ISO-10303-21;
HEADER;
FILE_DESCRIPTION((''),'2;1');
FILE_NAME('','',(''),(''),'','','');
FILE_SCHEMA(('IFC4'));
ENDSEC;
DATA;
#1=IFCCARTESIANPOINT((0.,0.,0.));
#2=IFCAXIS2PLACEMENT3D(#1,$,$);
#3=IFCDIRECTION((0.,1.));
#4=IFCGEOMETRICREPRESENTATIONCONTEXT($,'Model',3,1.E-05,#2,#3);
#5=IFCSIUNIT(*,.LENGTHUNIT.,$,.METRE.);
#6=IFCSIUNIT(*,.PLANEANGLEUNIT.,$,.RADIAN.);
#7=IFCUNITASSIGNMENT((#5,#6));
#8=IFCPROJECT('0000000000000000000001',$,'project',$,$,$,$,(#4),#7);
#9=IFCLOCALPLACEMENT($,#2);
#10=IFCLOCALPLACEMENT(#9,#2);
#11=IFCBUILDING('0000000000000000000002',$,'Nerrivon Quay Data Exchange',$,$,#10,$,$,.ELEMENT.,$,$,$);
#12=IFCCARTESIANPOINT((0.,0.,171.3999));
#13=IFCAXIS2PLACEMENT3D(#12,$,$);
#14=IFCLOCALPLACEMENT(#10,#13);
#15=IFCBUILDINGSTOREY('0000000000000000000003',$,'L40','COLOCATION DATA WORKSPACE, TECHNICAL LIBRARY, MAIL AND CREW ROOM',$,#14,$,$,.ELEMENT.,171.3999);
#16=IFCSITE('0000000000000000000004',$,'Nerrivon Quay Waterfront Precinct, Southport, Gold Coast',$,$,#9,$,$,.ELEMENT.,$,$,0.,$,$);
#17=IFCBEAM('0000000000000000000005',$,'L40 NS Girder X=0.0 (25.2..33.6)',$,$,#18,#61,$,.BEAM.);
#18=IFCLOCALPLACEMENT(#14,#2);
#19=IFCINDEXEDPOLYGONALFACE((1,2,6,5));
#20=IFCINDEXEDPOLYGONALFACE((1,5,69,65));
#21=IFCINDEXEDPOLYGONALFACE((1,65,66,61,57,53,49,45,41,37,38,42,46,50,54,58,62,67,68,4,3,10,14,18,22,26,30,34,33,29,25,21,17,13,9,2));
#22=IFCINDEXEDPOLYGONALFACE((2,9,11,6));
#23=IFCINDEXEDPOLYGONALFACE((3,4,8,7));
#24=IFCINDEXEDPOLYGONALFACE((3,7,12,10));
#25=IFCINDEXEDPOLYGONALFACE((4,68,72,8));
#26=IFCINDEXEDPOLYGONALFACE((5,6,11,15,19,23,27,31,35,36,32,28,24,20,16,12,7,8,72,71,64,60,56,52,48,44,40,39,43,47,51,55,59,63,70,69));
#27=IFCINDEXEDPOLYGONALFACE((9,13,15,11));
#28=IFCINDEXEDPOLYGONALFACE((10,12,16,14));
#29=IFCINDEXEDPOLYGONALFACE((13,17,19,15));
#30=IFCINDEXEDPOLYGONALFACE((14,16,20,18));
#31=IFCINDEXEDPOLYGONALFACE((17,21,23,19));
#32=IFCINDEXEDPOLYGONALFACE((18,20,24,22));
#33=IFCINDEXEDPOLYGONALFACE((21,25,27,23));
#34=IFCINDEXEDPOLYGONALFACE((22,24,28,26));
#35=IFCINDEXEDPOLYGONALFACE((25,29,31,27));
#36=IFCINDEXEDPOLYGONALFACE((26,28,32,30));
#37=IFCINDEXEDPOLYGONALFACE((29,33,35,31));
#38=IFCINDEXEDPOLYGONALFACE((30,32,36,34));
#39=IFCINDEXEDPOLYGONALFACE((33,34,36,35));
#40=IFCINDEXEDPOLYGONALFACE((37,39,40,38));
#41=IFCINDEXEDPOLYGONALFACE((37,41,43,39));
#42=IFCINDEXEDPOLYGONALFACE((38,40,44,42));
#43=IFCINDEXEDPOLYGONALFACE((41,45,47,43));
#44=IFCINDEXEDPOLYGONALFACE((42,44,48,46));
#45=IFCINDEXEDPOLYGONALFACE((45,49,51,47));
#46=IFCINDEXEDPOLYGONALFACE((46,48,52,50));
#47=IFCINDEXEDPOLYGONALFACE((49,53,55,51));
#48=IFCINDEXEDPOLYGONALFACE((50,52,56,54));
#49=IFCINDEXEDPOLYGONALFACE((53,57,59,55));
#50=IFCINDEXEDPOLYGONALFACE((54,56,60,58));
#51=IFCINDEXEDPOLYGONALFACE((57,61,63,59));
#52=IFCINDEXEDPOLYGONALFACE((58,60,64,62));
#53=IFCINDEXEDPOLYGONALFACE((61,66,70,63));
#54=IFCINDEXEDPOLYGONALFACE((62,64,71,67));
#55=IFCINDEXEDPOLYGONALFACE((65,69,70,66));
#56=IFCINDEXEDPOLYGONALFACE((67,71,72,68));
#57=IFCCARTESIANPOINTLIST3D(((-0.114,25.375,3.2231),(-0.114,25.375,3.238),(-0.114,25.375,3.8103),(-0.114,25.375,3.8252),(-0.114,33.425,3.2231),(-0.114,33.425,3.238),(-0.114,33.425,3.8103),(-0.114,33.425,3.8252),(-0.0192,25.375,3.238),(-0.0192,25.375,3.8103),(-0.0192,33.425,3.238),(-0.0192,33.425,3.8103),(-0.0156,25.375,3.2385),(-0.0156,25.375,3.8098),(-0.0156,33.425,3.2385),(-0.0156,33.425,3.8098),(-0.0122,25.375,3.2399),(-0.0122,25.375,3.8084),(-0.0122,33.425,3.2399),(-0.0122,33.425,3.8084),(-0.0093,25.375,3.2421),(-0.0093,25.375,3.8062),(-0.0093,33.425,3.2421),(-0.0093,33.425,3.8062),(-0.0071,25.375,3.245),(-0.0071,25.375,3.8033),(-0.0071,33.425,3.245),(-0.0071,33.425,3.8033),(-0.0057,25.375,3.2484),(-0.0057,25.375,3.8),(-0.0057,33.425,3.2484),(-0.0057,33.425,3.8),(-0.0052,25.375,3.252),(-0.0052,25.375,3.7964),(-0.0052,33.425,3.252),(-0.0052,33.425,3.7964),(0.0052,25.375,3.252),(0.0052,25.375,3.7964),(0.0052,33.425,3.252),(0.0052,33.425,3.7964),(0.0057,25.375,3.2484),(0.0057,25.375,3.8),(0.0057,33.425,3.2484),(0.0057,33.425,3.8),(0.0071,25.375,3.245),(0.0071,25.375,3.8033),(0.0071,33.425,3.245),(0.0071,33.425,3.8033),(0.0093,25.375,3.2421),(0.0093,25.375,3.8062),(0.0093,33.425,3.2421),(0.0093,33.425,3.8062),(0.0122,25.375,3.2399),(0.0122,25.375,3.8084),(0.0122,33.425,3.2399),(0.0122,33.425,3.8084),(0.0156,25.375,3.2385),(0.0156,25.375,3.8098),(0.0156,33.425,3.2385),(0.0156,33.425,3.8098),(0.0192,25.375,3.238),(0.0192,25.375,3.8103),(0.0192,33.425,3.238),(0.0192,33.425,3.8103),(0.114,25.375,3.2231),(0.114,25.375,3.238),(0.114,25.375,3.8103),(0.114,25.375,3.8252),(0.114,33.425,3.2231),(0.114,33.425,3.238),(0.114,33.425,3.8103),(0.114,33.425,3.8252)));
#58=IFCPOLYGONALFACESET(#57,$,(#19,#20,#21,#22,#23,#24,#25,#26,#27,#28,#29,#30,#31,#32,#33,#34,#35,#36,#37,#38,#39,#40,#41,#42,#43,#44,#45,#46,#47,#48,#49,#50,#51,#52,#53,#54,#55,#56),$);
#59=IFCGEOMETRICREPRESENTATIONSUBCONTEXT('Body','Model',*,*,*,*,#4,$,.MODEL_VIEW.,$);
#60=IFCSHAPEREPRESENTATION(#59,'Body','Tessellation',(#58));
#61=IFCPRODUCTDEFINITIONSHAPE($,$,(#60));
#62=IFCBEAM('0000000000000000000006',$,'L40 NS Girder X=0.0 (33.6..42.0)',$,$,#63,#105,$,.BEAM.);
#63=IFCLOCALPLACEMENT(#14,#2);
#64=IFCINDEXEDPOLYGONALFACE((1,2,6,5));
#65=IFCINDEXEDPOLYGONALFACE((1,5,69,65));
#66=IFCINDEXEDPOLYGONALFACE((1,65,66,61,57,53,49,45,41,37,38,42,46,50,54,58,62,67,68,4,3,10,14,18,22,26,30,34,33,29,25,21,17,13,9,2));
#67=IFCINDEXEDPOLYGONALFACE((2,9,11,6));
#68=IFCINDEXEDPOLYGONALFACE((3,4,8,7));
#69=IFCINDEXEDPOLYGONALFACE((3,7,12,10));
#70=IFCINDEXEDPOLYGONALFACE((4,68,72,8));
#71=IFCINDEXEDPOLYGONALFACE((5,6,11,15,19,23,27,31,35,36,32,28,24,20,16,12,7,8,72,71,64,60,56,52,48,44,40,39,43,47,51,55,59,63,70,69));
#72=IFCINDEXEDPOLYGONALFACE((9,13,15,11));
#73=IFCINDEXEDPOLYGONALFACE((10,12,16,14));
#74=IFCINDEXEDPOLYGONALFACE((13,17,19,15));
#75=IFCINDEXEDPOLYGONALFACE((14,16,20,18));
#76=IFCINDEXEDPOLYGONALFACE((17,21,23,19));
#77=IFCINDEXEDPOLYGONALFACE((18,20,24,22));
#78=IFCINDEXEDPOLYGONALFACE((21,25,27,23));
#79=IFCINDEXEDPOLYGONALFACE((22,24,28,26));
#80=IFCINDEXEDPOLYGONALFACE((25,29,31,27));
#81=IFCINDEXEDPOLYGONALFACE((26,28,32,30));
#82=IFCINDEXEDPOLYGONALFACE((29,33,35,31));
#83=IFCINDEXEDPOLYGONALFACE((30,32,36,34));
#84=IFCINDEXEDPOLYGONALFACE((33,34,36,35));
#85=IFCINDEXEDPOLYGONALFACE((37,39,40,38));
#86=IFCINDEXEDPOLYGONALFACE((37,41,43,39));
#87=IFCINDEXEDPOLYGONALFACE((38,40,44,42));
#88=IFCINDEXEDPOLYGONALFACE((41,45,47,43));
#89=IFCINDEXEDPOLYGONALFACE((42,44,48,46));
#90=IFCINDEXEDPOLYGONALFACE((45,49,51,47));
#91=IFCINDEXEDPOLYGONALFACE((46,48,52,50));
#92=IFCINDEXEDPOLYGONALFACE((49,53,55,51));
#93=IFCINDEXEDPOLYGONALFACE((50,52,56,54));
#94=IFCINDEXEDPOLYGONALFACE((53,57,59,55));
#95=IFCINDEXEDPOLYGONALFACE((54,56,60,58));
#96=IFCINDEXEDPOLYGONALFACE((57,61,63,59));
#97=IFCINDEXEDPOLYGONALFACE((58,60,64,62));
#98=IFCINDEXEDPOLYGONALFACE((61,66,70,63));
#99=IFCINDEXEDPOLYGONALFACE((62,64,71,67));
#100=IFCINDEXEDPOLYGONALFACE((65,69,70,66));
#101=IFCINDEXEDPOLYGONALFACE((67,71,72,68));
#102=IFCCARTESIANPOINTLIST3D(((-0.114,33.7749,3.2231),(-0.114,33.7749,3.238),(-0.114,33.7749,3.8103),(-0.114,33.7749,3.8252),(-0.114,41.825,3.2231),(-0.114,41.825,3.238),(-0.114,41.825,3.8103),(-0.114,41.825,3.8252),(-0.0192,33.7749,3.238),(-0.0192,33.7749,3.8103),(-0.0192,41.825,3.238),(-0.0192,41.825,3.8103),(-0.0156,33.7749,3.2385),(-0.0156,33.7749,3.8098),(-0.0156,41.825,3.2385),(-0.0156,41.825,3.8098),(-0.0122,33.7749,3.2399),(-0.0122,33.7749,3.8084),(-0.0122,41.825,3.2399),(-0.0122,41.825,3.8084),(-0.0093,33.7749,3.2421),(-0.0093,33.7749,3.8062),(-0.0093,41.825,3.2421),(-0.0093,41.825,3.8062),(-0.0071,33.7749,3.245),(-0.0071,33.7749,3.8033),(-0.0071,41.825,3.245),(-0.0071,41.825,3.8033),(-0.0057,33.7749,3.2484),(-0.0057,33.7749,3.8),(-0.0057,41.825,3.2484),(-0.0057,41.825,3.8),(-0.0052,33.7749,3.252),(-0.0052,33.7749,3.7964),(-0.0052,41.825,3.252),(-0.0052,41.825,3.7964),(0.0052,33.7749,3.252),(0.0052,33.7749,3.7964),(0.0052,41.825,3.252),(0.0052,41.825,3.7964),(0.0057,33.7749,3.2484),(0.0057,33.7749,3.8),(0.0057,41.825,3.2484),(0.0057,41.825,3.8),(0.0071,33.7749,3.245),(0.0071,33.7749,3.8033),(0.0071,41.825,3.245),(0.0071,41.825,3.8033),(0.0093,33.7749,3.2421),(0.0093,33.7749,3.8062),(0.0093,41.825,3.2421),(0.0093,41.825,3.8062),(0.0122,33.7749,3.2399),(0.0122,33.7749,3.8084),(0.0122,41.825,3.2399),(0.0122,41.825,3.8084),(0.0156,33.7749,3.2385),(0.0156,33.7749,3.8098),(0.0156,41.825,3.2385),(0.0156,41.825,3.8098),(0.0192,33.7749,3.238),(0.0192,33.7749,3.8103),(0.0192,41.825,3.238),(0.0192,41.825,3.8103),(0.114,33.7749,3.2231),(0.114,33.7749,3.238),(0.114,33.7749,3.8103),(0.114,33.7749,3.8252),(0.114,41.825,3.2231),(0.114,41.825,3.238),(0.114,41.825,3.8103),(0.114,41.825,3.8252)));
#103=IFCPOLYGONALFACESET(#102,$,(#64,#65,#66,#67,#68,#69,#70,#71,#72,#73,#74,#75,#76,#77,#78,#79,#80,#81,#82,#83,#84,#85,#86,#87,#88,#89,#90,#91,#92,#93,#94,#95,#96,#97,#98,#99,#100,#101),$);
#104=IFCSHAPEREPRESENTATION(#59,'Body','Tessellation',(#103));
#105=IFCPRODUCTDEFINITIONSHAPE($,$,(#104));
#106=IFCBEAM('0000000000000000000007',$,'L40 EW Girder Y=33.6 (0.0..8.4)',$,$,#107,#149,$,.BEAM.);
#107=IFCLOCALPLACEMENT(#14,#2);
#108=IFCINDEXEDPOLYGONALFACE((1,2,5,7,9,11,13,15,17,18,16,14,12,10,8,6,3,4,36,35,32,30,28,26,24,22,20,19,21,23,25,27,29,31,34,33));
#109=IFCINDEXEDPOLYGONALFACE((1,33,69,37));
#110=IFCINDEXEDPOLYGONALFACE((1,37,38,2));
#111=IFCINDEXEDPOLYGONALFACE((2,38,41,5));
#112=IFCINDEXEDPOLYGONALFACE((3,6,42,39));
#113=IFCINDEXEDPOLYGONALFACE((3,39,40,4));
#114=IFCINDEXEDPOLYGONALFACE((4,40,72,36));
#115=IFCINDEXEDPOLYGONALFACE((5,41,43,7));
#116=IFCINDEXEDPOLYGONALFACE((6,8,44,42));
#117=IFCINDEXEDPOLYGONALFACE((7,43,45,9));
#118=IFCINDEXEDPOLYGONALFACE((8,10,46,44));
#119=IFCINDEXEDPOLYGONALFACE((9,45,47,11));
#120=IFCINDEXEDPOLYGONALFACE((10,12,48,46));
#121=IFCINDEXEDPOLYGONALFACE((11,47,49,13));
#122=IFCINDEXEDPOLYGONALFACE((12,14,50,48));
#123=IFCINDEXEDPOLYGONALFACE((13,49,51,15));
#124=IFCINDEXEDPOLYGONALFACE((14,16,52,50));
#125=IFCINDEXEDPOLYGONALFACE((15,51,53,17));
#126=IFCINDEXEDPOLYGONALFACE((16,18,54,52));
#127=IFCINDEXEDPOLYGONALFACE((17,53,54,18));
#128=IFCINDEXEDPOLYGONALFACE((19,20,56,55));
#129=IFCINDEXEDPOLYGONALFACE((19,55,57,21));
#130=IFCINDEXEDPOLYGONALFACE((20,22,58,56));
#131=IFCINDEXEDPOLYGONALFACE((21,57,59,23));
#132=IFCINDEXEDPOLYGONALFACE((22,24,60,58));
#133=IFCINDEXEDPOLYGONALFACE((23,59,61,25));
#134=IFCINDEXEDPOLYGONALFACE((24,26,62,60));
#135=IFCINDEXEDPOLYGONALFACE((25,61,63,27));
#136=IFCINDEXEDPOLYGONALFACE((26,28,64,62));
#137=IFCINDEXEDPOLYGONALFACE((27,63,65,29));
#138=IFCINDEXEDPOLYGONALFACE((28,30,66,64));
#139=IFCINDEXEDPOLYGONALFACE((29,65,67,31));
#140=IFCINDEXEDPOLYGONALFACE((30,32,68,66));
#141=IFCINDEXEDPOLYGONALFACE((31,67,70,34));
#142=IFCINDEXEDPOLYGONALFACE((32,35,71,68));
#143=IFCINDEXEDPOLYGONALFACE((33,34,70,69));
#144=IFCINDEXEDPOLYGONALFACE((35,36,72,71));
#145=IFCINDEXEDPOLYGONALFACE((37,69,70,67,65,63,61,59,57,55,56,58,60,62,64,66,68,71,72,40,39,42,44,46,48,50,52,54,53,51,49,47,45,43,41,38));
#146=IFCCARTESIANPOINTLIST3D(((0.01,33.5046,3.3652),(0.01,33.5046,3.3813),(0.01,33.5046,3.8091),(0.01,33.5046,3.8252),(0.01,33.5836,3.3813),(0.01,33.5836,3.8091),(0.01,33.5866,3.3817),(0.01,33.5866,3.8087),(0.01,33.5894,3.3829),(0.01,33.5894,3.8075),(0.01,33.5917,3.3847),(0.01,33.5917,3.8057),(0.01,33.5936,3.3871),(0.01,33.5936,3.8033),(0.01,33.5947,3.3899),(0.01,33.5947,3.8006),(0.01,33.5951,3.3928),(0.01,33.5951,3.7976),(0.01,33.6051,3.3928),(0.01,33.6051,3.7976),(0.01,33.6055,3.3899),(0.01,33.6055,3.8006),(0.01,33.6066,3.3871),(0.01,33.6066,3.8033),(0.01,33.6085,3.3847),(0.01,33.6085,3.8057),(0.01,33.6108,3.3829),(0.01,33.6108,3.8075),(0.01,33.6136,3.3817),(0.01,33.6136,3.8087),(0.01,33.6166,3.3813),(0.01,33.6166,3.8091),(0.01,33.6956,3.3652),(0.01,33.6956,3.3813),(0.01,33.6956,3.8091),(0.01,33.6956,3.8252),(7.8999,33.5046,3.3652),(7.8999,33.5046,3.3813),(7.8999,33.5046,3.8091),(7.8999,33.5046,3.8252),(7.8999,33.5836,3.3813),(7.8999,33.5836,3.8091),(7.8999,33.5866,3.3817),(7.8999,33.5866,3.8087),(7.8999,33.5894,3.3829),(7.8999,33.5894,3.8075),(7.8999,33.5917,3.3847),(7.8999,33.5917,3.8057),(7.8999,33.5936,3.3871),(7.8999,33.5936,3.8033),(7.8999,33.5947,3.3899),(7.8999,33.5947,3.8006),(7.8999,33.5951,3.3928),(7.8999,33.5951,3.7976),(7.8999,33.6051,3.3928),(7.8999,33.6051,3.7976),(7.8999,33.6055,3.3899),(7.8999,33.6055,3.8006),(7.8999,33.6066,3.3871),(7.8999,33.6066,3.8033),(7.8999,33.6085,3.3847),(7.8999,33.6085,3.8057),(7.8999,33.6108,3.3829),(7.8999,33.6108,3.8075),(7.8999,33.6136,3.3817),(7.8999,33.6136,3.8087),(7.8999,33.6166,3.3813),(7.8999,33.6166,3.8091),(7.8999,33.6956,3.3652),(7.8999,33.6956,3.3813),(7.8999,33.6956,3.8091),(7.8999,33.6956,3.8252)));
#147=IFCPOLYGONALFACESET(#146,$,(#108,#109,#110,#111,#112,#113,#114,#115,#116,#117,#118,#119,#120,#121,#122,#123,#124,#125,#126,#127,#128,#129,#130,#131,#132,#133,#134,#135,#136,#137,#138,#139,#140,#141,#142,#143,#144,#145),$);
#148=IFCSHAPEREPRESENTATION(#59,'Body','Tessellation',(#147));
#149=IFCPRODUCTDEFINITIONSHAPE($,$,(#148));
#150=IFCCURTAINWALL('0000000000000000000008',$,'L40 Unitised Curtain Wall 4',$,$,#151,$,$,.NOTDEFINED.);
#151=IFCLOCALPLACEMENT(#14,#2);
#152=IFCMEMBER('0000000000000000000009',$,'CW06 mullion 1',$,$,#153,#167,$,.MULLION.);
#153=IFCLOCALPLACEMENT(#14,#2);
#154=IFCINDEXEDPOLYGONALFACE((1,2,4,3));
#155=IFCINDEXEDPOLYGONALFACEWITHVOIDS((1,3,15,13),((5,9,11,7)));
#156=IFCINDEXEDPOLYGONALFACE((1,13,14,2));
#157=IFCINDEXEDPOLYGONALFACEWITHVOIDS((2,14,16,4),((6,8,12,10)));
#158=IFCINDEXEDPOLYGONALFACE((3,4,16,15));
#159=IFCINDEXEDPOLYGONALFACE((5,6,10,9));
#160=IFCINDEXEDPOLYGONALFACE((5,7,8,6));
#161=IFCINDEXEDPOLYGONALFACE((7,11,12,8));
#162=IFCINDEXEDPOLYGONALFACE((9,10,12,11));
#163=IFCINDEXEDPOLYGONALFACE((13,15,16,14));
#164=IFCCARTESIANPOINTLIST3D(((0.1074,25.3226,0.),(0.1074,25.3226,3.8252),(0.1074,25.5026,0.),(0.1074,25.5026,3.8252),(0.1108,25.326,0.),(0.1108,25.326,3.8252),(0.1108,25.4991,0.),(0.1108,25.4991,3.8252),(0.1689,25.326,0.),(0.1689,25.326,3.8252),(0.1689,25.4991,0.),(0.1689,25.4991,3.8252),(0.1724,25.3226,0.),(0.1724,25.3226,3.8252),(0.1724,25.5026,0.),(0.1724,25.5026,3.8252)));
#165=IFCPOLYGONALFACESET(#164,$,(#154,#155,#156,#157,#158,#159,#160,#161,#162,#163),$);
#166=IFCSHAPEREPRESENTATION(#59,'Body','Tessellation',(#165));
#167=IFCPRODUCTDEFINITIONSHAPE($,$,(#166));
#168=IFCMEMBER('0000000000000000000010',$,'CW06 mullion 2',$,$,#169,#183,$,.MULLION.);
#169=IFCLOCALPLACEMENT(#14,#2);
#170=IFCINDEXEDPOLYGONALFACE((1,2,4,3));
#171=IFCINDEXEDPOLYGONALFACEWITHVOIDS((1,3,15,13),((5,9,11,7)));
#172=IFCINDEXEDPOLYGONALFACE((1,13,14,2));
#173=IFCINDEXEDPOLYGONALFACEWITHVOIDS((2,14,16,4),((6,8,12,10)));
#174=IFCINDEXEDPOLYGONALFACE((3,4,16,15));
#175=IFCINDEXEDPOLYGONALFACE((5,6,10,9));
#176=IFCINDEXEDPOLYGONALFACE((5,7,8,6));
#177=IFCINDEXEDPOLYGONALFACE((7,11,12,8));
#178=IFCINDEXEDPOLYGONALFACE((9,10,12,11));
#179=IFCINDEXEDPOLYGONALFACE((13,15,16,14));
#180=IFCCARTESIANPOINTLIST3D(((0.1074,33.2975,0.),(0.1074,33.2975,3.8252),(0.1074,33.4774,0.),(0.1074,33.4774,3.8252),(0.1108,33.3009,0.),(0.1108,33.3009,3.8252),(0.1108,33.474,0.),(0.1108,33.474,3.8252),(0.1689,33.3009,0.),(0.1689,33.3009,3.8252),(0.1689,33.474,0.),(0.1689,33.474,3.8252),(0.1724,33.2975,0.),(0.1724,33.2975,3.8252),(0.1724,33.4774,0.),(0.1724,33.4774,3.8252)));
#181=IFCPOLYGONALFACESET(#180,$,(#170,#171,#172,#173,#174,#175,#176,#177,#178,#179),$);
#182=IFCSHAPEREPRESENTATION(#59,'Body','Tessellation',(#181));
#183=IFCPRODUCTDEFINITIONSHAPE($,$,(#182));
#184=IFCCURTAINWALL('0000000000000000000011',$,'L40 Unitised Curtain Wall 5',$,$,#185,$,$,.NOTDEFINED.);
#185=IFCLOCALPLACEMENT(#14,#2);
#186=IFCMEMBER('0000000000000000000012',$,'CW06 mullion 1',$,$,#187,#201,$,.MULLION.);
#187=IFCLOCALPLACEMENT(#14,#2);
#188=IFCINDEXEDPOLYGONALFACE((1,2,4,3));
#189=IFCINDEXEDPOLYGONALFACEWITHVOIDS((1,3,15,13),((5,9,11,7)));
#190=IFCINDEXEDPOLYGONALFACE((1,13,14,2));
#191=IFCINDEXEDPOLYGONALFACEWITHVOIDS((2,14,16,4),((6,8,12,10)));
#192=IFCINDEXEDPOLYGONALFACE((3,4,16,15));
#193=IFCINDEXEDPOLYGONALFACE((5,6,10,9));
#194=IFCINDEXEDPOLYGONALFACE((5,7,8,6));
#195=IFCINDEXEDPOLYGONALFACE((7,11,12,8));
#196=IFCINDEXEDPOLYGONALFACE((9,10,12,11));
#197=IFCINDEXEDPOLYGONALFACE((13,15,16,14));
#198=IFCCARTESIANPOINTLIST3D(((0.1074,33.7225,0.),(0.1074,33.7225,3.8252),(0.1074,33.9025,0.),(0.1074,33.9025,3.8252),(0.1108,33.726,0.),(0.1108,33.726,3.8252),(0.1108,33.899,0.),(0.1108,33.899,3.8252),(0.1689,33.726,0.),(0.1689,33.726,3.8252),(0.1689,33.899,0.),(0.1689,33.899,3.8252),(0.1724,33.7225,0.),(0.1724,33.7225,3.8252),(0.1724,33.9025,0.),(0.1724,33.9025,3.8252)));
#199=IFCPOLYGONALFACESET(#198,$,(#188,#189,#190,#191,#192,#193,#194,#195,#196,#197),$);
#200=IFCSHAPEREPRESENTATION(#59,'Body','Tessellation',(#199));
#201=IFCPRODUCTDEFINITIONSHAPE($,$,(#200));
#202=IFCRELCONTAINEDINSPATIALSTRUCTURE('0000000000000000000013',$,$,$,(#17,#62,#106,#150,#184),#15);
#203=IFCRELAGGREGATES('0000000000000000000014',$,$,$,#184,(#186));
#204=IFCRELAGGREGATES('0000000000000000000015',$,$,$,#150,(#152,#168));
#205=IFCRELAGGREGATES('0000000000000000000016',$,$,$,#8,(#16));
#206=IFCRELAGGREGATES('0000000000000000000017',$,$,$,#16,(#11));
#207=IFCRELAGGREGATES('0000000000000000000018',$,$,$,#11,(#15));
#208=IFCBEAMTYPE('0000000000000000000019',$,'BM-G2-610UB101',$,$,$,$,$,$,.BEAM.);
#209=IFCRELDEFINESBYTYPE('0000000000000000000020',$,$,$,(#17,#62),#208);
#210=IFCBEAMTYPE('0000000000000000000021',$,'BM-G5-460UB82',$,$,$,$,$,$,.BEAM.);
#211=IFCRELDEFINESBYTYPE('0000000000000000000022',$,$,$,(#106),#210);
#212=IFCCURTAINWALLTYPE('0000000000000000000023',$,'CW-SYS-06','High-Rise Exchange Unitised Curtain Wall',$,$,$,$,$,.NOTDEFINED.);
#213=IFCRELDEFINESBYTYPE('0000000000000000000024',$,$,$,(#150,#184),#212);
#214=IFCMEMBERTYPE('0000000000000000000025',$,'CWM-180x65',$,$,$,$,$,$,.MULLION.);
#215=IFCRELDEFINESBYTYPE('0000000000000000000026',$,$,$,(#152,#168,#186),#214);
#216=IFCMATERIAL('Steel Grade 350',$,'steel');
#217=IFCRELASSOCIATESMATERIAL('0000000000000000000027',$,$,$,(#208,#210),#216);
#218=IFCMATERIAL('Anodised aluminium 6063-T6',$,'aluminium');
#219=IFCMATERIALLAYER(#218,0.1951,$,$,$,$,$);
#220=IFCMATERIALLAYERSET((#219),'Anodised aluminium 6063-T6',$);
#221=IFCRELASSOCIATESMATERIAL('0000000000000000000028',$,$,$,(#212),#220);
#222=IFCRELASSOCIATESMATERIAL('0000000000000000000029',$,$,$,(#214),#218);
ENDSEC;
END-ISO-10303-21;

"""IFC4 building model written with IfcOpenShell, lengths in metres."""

from ifc_helpers import new_model, si_unit, direction, frame, origin, origin_2d, place, context, subcontext, project, spatial, hollow_rectangle, i_section, extrude, material, layer, layer_set, material_profile, profile_set, type_object, element, aggregate, save


model = new_model("IFC4")

# Units and contexts
model_context = context("Model", 3, precision=1e-05, world=origin(), true_north=direction((0.0, 1.0)))
body_context = subcontext(model_context, "Body", "Model", "MODEL_VIEW")
ifc_project = project(units=[si_unit("LENGTHUNIT", "METRE"), si_unit("PLANEANGLEUNIT", "RADIAN")], contexts=[model_context])

# Site, building, storey
site_placement = place(None, origin())
site = spatial("IfcSite", under=ifc_project, at=site_placement, Name="Nerrivon Quay Waterfront Precinct, Southport, Gold Coast", CompositionType="ELEMENT", RefElevation=0.0)
building_placement = place(site_placement, origin())
building = spatial("IfcBuilding", under=site, at=building_placement, Name="Nerrivon Quay Data Exchange", CompositionType="ELEMENT")
storey_placement = place(building_placement, frame((0.0, 0.0, 171.3999)))
storey = spatial("IfcBuildingStorey", under=building, at=storey_placement, Name="L40", Description="COLOCATION DATA WORKSPACE, TECHNICAL LIBRARY, MAIL AND CREW ROOM", CompositionType="ELEMENT", Elevation=171.3999)

# Shared definitions
ifc_material_1 = material(Name="Steel Grade 350", Category="steel")

# Beams
ifc_material_profile_1 = material_profile(ifc_material_1, i_section(OverallWidth=0.228, OverallDepth=0.6021, WebThickness=0.0105, FlangeThickness=0.0149, FilletRadius=0.0139, at=origin_2d()), Name="610UB101")
ifc_profile_set_1 = profile_set([ifc_material_profile_1], Name="Steel Grade 350")
beam_type_1 = type_object("IfcBeamType", Name="BM-G2-610UB101", PredefinedType="BEAM", material=ifc_profile_set_1)
for number, where, z_axis, x_axis, name in (
    (1, (0.0, 25.375, 3.5242), (0.0, 1.0, 0.0), (-1.0, 0.0, 0.0), "L40 NS Girder X=0.0 (25.2..33.6)"),
    (2, (0.0, 33.7749, 3.5242), (0.0, 1.0, 0.0), (-1.0, 0.0, 0.0), "L40 NS Girder X=0.0 (33.6..42.0)"),
):
    element("IfcBeam", number, at=place(storey_placement, frame(where, z_axis=z_axis, x_axis=x_axis)), inside=storey, type_object=beam_type_1, Name=name, PredefinedType="BEAM", context=body_context, shape_type="SweptSolid", body=[
        extrude(i_section(OverallWidth=0.228, OverallDepth=0.6021, WebThickness=0.0105, FlangeThickness=0.0149, FilletRadius=0.0139, at=origin_2d()), origin(), (0.0, 0.0, 1.0), 8.05),
    ])
ifc_material_profile_2 = material_profile(ifc_material_1, i_section(OverallWidth=0.1909, OverallDepth=0.46, WebThickness=0.01, FlangeThickness=0.0161, FilletRadius=0.0115, at=origin_2d()), Name="460UB82.1")
ifc_profile_set_2 = profile_set([ifc_material_profile_2], Name="Steel Grade 350")
beam_type_2 = type_object("IfcBeamType", Name="BM-G5-460UB82", PredefinedType="BEAM", material=ifc_profile_set_2)
beam_1_placement = place(storey_placement, frame((0.01, 33.6001, 3.5952), z_axis=(1.0, 0.0, 0.0), x_axis=(0.0, 1.0, 0.0)))
element("IfcBeam", 3, at=beam_1_placement, inside=storey, type_object=beam_type_2, Name="L40 EW Girder Y=33.6 (0.0..8.4)", PredefinedType="BEAM", context=body_context, shape_type="SweptSolid", body=[
    extrude(i_section(OverallWidth=0.1909, OverallDepth=0.46, WebThickness=0.01, FlangeThickness=0.0161, FilletRadius=0.0115, at=origin_2d()), origin(), (0.0, 0.0, 1.0), 7.8899),
])

# Curtain wall, members
ifc_material_2 = material(Name="Anodised aluminium 6063-T6", Category="aluminium")
ifc_layer_1 = layer(ifc_material_2, 0.1951)
ifc_layer_set_1 = layer_set([ifc_layer_1], Name="Anodised aluminium 6063-T6")
curtain_wall_type = type_object("IfcCurtainWallType", Name="CW-SYS-06", Description="High-Rise Exchange Unitised Curtain Wall", PredefinedType="NOTDEFINED", material=ifc_layer_set_1)
curtain_wall_1_placement = place(storey_placement, origin())
curtain_wall_1 = element("IfcCurtainWall", 4, at=curtain_wall_1_placement, inside=storey, type_object=curtain_wall_type, Name="L40 Unitised Curtain Wall 4", PredefinedType="NOTDEFINED")
ifc_material_profile_3 = material_profile(ifc_material_2, hollow_rectangle(XDim=0.0649, YDim=0.1799, WallThickness=0.0034, at=origin_2d()), Name="ALU-MULL-180x65")
ifc_profile_set_3 = profile_set([ifc_material_profile_3], Name="Anodised aluminium 6063-T6")
member_type_1 = type_object("IfcMemberType", Name="CWM-180x65", PredefinedType="MULLION", material=ifc_profile_set_3)
member_1_placement = place(storey_placement, frame((0.1399, 25.4126, 0.0), z_axis=(0.0, 0.0, 1.0), x_axis=(-1.0, 0.0, 0.0)))
member_1 = element("IfcMember", 5, at=member_1_placement, type_object=member_type_1, Name="CW06 mullion 1", PredefinedType="MULLION", context=body_context, shape_type="SweptSolid", body=[
    extrude(hollow_rectangle(XDim=0.0649, YDim=0.1799, WallThickness=0.0034, at=origin_2d()), origin(), (0.0, 0.0, 1.0), 3.8252),
])
member_2_placement = place(storey_placement, frame((0.1399, 33.3875, 0.0), z_axis=(0.0, 0.0, 1.0), x_axis=(-1.0, 0.0, 0.0)))
member_2 = element("IfcMember", 6, at=member_2_placement, type_object=member_type_1, Name="CW06 mullion 2", PredefinedType="MULLION", context=body_context, shape_type="SweptSolid", body=[
    extrude(hollow_rectangle(XDim=0.0649, YDim=0.1799, WallThickness=0.0034, at=origin_2d()), origin(), (0.0, 0.0, 1.0), 3.8252),
])

# Curtain wall, member
curtain_wall_2_placement = place(storey_placement, origin())
curtain_wall_2 = element("IfcCurtainWall", 7, at=curtain_wall_2_placement, inside=storey, type_object=curtain_wall_type, Name="L40 Unitised Curtain Wall 5", PredefinedType="NOTDEFINED")
member_3_placement = place(storey_placement, frame((0.1399, 33.8125, 0.0), z_axis=(0.0, 0.0, 1.0), x_axis=(-1.0, 0.0, 0.0)))
member_3 = element("IfcMember", 8, at=member_3_placement, type_object=member_type_1, Name="CW06 mullion 1", PredefinedType="MULLION", context=body_context, shape_type="SweptSolid", body=[
    extrude(hollow_rectangle(XDim=0.0649, YDim=0.1799, WallThickness=0.0034, at=origin_2d()), origin(), (0.0, 0.0, 1.0), 3.8252),
])

aggregate(curtain_wall_2, [member_3])

aggregate(curtain_wall_1, [member_1, member_2])

save(model, "model.ifc")
